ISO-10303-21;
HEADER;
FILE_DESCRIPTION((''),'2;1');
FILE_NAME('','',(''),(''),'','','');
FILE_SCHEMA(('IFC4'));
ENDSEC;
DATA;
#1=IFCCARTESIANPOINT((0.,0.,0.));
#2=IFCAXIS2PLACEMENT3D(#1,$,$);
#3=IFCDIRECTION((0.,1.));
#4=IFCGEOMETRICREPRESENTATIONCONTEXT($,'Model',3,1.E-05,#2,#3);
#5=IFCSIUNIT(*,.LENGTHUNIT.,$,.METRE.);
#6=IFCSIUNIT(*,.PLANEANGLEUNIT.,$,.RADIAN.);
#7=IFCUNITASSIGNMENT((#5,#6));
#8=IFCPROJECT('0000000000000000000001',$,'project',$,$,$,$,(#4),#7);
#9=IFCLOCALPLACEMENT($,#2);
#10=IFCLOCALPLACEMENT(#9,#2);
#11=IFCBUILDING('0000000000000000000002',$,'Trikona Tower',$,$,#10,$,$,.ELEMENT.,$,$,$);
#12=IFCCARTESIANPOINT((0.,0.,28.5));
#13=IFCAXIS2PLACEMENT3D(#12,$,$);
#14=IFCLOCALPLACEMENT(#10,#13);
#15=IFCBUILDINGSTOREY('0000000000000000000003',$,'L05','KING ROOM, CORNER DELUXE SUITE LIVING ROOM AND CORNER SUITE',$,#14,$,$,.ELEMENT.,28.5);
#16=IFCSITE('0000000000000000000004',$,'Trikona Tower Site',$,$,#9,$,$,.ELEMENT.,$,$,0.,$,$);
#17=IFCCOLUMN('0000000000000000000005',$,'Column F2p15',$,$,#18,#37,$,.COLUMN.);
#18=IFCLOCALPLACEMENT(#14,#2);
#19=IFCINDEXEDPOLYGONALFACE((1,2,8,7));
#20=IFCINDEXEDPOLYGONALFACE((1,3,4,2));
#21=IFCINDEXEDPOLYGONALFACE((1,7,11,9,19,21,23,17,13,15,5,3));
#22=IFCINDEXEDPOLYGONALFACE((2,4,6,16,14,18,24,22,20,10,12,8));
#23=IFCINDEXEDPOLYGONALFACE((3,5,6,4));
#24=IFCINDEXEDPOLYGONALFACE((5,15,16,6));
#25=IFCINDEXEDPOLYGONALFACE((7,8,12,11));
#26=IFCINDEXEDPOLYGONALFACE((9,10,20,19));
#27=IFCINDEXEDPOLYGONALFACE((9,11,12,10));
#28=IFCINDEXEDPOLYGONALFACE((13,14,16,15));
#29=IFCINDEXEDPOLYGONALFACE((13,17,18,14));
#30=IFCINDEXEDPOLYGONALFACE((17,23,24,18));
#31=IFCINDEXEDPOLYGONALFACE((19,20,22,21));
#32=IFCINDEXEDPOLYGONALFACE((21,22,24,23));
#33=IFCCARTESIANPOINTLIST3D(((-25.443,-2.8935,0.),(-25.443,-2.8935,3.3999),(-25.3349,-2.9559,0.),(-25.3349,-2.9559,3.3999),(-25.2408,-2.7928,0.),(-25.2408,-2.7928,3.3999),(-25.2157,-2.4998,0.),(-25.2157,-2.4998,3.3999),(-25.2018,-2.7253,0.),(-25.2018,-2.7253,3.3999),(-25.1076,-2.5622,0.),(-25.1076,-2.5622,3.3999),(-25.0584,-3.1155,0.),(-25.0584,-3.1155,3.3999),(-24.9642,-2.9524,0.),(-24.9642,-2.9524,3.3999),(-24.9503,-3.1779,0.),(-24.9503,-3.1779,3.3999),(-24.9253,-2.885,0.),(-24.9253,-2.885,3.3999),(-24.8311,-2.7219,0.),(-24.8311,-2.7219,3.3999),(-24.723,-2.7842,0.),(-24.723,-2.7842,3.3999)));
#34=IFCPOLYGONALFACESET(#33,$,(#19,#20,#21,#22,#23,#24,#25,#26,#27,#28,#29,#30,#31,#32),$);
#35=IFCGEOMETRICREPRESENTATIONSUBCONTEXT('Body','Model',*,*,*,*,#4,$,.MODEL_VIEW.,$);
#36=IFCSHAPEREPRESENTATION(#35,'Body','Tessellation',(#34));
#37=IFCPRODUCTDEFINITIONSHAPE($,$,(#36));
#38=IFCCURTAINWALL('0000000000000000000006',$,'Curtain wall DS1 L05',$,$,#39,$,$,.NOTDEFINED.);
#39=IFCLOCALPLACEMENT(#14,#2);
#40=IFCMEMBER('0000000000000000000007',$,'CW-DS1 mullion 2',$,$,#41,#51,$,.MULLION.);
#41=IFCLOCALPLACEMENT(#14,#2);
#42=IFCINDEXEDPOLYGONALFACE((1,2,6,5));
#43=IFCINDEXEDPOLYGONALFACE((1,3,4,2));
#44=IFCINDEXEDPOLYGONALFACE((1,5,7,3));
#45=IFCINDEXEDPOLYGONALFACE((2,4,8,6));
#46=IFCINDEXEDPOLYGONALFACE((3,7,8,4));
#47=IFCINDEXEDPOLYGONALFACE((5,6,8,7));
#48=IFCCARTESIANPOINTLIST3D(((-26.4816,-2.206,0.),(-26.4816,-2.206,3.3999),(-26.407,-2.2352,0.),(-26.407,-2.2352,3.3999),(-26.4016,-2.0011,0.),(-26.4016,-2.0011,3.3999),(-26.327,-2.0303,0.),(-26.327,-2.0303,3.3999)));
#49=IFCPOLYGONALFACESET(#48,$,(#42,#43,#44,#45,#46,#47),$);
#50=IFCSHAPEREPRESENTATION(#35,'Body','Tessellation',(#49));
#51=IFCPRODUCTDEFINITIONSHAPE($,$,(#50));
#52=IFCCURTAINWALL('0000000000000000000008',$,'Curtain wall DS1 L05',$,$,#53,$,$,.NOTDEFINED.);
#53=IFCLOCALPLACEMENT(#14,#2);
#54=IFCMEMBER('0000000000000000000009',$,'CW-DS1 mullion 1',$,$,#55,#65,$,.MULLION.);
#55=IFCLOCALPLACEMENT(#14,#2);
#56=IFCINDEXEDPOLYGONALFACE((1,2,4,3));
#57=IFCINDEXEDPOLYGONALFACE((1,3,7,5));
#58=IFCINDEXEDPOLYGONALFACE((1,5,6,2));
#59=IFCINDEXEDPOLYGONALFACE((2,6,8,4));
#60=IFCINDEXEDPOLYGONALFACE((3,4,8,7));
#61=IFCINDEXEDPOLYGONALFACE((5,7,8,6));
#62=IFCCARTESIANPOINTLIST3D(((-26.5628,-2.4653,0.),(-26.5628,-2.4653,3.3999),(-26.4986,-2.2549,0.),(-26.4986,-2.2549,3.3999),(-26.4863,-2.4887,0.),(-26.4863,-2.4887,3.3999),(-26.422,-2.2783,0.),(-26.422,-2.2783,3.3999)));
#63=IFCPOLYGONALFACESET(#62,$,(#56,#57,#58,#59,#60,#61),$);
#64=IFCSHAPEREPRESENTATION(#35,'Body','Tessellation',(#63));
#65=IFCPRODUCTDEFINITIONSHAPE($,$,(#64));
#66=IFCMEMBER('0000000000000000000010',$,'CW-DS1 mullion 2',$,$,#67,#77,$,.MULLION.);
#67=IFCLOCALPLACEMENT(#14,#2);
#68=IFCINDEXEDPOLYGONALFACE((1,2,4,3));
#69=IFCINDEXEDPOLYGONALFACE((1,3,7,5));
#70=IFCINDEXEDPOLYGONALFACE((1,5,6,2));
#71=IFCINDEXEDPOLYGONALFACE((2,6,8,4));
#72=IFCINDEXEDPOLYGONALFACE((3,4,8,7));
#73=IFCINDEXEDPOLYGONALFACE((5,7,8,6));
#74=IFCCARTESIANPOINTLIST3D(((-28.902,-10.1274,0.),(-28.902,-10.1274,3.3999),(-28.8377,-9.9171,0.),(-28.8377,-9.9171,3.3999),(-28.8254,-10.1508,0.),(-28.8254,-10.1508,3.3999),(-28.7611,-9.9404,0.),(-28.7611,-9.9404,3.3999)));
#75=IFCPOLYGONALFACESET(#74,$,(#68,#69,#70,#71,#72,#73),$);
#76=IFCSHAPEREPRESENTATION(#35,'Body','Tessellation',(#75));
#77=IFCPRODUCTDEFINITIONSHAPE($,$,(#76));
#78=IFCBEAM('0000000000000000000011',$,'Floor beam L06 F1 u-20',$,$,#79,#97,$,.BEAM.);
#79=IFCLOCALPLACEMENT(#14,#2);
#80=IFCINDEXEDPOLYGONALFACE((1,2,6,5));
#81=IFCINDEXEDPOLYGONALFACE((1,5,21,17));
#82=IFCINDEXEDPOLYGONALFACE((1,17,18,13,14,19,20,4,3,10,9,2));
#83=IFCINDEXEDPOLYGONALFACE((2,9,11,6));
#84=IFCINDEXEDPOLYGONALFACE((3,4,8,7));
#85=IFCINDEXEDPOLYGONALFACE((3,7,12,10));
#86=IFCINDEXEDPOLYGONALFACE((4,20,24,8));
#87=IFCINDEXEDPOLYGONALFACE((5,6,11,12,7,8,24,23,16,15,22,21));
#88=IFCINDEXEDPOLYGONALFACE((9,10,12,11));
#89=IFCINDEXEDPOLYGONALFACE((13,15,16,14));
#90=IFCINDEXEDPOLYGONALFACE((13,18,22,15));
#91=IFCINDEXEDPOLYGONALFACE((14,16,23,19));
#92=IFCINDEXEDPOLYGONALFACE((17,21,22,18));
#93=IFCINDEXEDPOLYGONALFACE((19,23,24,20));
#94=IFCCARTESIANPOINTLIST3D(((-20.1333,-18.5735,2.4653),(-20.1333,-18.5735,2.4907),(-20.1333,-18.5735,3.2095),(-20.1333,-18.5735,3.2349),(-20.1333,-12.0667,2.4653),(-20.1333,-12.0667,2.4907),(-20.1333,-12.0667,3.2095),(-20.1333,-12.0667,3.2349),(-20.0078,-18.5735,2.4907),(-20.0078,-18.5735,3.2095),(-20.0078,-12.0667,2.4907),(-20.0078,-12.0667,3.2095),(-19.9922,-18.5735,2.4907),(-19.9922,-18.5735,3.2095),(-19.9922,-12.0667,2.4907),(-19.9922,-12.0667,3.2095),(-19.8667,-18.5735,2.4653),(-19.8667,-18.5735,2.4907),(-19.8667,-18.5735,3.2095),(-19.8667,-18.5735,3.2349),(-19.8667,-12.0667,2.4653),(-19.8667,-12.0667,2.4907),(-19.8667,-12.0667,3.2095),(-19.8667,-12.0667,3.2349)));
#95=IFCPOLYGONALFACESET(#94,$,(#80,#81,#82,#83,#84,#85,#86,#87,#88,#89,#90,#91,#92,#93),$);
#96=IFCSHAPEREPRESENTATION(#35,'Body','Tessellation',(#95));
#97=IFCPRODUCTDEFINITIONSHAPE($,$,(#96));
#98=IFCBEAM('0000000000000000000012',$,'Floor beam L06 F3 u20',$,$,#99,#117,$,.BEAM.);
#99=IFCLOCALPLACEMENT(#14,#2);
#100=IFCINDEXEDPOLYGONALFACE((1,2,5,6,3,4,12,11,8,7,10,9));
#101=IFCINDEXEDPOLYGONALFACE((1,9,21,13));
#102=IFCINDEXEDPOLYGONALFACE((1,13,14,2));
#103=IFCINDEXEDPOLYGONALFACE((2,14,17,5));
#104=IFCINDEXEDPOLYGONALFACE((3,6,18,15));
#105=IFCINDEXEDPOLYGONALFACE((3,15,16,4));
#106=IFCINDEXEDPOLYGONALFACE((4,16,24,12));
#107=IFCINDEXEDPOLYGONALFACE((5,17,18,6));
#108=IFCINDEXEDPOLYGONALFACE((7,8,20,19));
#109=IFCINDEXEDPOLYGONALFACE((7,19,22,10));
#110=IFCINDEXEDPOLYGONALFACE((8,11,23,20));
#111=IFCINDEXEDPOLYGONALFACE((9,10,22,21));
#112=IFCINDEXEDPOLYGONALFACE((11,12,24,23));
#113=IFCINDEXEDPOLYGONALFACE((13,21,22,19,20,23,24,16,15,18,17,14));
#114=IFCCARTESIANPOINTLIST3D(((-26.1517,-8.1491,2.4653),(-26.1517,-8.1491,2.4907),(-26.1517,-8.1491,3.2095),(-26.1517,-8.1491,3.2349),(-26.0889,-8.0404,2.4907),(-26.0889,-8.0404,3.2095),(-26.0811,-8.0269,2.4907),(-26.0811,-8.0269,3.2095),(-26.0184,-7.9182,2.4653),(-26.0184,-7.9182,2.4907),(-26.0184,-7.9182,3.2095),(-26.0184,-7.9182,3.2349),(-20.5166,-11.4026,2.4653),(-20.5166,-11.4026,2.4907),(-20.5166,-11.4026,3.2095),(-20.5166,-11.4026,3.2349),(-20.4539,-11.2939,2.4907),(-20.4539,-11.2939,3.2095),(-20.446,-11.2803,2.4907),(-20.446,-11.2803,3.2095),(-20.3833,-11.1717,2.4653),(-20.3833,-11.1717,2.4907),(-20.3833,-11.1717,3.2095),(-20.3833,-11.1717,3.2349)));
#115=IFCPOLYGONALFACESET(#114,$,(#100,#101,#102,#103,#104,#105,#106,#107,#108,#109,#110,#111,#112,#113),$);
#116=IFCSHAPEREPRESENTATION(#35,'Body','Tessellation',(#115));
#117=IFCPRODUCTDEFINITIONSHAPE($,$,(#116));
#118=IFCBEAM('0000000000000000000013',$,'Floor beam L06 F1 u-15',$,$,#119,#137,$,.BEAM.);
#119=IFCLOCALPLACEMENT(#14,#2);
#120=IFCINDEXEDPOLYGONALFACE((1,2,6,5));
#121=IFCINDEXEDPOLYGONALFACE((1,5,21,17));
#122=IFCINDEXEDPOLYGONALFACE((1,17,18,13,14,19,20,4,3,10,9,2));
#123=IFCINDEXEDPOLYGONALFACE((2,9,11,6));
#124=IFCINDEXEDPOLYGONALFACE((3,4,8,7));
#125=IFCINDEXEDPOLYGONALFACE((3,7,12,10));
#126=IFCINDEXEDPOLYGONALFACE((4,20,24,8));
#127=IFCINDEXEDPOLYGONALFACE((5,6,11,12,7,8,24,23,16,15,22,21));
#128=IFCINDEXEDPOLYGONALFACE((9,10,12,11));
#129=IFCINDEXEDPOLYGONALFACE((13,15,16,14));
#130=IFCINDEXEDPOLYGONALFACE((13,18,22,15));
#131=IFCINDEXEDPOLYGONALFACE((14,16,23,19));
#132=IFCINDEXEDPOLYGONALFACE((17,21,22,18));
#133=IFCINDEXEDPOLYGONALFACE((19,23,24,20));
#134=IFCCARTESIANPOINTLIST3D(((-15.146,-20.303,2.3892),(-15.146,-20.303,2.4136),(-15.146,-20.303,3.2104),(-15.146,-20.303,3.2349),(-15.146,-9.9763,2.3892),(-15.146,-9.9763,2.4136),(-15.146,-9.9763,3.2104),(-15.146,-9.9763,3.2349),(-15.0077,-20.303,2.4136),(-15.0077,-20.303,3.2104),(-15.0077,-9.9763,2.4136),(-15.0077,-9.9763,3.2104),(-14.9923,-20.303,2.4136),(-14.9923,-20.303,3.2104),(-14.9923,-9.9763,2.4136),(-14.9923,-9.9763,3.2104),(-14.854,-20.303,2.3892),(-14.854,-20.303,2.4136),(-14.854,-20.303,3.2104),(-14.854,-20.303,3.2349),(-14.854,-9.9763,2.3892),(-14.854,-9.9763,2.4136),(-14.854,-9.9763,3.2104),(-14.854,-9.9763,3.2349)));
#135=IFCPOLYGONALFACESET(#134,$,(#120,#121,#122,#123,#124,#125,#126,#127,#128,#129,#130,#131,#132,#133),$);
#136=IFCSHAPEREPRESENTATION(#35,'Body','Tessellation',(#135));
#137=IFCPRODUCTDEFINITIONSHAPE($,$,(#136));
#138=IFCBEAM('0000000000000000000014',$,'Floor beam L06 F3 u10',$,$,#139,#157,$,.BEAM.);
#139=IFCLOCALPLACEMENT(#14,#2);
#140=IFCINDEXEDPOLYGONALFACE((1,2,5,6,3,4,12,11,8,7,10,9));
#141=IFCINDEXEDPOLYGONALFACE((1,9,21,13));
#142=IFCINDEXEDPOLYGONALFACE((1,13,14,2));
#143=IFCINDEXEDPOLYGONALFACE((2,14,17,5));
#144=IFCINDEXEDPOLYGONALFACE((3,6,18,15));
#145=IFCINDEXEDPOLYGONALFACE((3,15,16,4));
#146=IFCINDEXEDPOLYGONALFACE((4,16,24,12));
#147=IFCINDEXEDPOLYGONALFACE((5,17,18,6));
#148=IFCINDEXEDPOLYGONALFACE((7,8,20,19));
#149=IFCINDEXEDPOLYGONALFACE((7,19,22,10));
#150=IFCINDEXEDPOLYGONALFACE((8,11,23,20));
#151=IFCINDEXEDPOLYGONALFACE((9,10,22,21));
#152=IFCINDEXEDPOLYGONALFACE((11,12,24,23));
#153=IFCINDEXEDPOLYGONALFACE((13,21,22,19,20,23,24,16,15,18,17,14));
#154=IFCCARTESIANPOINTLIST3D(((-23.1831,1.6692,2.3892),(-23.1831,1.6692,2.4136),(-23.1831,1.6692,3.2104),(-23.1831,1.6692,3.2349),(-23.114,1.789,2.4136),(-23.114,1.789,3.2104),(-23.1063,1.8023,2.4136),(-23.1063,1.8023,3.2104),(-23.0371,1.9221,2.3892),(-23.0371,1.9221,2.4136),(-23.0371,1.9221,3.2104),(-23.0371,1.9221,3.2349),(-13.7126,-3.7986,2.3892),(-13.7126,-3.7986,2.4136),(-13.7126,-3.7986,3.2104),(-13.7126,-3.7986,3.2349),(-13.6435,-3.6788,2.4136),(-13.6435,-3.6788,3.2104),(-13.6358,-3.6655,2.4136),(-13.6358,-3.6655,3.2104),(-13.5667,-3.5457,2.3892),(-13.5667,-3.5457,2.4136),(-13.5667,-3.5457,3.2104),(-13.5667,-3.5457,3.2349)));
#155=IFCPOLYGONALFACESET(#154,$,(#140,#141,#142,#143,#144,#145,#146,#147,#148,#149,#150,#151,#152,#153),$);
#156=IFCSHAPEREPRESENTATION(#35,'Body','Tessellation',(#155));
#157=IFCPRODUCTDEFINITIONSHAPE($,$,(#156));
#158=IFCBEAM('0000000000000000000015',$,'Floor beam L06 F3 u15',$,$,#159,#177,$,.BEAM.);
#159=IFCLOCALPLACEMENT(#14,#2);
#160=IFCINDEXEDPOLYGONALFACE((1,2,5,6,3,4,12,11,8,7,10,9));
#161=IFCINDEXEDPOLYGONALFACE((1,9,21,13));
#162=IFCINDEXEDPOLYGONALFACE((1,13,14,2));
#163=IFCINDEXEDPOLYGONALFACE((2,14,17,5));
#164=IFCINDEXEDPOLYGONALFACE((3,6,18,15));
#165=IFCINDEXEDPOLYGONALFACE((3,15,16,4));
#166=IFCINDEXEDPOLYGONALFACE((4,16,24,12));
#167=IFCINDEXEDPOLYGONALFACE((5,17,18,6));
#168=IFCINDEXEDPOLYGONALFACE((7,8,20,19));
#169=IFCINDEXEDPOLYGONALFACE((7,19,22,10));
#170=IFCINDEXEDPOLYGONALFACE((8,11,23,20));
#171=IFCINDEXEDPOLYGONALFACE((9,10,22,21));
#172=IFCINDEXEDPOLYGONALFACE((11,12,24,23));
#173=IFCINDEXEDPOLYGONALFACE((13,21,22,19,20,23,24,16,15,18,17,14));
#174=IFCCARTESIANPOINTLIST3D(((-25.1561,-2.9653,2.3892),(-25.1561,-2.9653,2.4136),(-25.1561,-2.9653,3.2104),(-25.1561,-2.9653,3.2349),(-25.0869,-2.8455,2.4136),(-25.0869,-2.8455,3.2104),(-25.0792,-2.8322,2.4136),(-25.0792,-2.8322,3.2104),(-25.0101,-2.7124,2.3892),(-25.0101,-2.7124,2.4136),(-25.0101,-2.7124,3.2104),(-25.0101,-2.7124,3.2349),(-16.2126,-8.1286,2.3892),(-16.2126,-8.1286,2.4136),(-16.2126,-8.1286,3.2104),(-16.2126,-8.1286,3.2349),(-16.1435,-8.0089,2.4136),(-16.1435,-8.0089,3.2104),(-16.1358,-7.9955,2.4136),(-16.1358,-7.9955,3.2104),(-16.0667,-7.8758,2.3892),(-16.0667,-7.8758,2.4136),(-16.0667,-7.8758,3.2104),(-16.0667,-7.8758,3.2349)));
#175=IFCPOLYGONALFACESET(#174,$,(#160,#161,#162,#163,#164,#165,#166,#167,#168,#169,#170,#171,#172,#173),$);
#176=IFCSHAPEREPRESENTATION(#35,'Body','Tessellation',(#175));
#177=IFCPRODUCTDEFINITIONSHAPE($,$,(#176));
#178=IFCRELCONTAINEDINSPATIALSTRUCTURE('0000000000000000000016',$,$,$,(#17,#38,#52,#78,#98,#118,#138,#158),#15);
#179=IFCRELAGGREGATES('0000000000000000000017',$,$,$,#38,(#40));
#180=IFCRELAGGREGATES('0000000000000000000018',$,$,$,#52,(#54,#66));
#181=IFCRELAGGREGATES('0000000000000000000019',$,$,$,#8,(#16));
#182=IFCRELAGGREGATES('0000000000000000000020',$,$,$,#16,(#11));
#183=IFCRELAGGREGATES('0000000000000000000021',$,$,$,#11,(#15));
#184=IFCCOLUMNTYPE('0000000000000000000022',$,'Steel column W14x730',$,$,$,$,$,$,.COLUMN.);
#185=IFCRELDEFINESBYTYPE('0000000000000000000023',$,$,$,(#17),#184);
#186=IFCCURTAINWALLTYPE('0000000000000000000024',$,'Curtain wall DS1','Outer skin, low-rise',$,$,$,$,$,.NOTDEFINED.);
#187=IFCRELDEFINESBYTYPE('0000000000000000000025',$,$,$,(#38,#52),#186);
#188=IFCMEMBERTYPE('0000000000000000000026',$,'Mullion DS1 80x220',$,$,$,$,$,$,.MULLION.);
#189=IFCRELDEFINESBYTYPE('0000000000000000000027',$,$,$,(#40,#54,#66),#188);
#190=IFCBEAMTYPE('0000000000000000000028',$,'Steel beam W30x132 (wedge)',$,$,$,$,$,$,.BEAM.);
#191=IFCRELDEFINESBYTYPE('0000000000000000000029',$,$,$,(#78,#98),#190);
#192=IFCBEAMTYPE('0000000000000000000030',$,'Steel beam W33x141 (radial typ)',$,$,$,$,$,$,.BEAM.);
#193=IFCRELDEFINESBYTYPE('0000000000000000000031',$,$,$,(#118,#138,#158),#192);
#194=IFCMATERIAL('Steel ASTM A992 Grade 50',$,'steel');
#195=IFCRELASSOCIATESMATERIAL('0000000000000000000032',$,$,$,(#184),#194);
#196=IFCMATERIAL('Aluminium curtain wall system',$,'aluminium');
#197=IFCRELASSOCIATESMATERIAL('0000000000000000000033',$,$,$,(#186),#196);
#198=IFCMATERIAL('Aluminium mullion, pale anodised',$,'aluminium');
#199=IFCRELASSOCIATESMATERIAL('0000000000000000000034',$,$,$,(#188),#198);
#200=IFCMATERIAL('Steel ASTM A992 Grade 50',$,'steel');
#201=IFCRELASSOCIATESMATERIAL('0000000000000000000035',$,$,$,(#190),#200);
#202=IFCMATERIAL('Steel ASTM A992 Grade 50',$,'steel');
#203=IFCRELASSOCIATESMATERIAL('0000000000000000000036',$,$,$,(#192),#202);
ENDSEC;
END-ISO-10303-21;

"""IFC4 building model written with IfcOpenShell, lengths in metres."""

from ifc_helpers import new_model, si_unit, direction, frame, origin, origin_2d, place, context, subcontext, project, spatial, rectangle, i_section, extrude, material, material_profile, profile_set, type_object, element, aggregate, save


model = new_model("IFC4")

# Units and contexts
model_context = context("Model", 3, precision=1e-05, world=origin(), true_north=direction((0.0, 1.0)))
body_context = subcontext(model_context, "Body", "Model", "MODEL_VIEW")
ifc_project = project(units=[si_unit("LENGTHUNIT", "METRE"), si_unit("PLANEANGLEUNIT", "RADIAN")], contexts=[model_context])

# Site, building, storey
site_placement = place(None, origin())
site = spatial("IfcSite", under=ifc_project, at=site_placement, Name="Trikona Tower Site", CompositionType="ELEMENT", RefElevation=0.0)
building_placement = place(site_placement, origin())
building = spatial("IfcBuilding", under=site, at=building_placement, Name="Trikona Tower", CompositionType="ELEMENT")
storey_placement = place(building_placement, frame((0.0, 0.0, 28.5)))
storey = spatial("IfcBuildingStorey", under=building, at=storey_placement, Name="L05", Description="KING ROOM, CORNER DELUXE SUITE LIVING ROOM AND CORNER SUITE", CompositionType="ELEMENT", Elevation=28.5)

# Column
ifc_material_1 = material(Name="Steel ASTM A992 Grade 50", Category="steel")
ifc_material_profile_1 = material_profile(ifc_material_1, i_section(OverallWidth=0.4546, OverallDepth=0.5688, WebThickness=0.0779, FlangeThickness=0.1248, at=origin_2d()), Name="W14X730")
ifc_profile_set_1 = profile_set([ifc_material_profile_1], Name="Steel ASTM A992 Grade 50")
column_type = type_object("IfcColumnType", Name="Steel column W14x730", PredefinedType="COLUMN", material=ifc_profile_set_1)
column_placement = place(storey_placement, frame((-25.083, -2.8389, 0.0), z_axis=(0.0, 0.0, 1.0), x_axis=(-0.5, -0.866025, 0.0)))
element("IfcColumn", 1, at=column_placement, inside=storey, type_object=column_type, Name="Column F2p15", PredefinedType="COLUMN", context=body_context, shape_type="SweptSolid", body=[
    extrude(i_section(OverallWidth=0.4546, OverallDepth=0.5688, WebThickness=0.0779, FlangeThickness=0.1248, at=origin_2d()), origin(), (0.0, 0.0, 1.0), 3.3999),
])

# Curtain wall, member
ifc_material_2 = material(Name="Aluminium curtain wall system", Category="aluminium")
curtain_wall_type = type_object("IfcCurtainWallType", Name="Curtain wall DS1", Description="Outer skin, low-rise", PredefinedType="NOTDEFINED", material=ifc_material_2)
curtain_wall_1_placement = place(storey_placement, origin())
curtain_wall_1 = element("IfcCurtainWall", 2, at=curtain_wall_1_placement, inside=storey, type_object=curtain_wall_type, Name="Curtain wall DS1 L05", PredefinedType="NOTDEFINED")
ifc_material_3 = material(Name="Aluminium mullion, pale anodised", Category="aluminium")
ifc_material_profile_2 = material_profile(ifc_material_3, rectangle(XDim=0.0801, YDim=0.22, at=origin_2d()), Name="MUL-DS1")
ifc_profile_set_2 = profile_set([ifc_material_profile_2], Name="Aluminium mullion, pale anodised")
member_type_1 = type_object("IfcMemberType", Name="Mullion DS1 80x220", PredefinedType="MULLION", material=ifc_profile_set_2)
member_1_placement = place(storey_placement, frame((-26.4043, -2.1182, 0.0), z_axis=(0.0, 0.0, 1.0), x_axis=(0.931396, -0.364008, 0.0)))
member_1 = element("IfcMember", 3, at=member_1_placement, type_object=member_type_1, Name="CW-DS1 mullion 2", PredefinedType="MULLION", context=body_context, shape_type="SweptSolid", body=[
    extrude(rectangle(XDim=0.0801, YDim=0.22, at=origin_2d()), origin(), (0.0, 0.0, 1.0), 3.3999),
])
aggregate(curtain_wall_1, [member_1])

# Curtain wall, members
curtain_wall_2_placement = place(storey_placement, origin())
curtain_wall_2 = element("IfcCurtainWall", 4, at=curtain_wall_2_placement, inside=storey, type_object=curtain_wall_type, Name="Curtain wall DS1 L05", PredefinedType="NOTDEFINED")
member_2_placement = place(storey_placement, frame((-26.4924, -2.3718, 0.0), z_axis=(0.0, 0.0, 1.0), x_axis=(0.956423, -0.291984, 0.0)))
member_2 = element("IfcMember", 5, at=member_2_placement, type_object=member_type_1, Name="CW-DS1 mullion 1", PredefinedType="MULLION", context=body_context, shape_type="SweptSolid", body=[
    extrude(rectangle(XDim=0.0801, YDim=0.22, at=origin_2d()), origin(), (0.0, 0.0, 1.0), 3.3999),
])
member_3_placement = place(storey_placement, frame((-28.8315, -10.0339, 0.0), z_axis=(0.0, 0.0, 1.0), x_axis=(0.956423, -0.291984, 0.0)))
member_3 = element("IfcMember", 6, at=member_3_placement, type_object=member_type_1, Name="CW-DS1 mullion 2", PredefinedType="MULLION", context=body_context, shape_type="SweptSolid", body=[
    extrude(rectangle(XDim=0.0801, YDim=0.22, at=origin_2d()), origin(), (0.0, 0.0, 1.0), 3.3999),
])

# Beams
ifc_material_4 = material(Name="Steel ASTM A992 Grade 50", Category="steel")
ifc_material_profile_3 = material_profile(ifc_material_4, i_section(OverallWidth=0.2666, OverallDepth=0.7695, WebThickness=0.0156, FlangeThickness=0.0254, at=origin_2d()), Name="W30X132")
ifc_profile_set_3 = profile_set([ifc_material_profile_3], Name="Steel ASTM A992 Grade 50")
beam_type_1 = type_object("IfcBeamType", Name="Steel beam W30x132 (wedge)", PredefinedType="BEAM", material=ifc_profile_set_3)
for number, where, z_axis, x_axis, name in (
    (7, (-20.0, -12.0667, 2.8501), (0.0, -1.0, 0.0), (1.0, 0.0, 0.0), "Floor beam L06 F1 u-20"),
    (8, (-20.45, -11.2871, 2.8501), (-0.866023, 0.500005, 0.0), (-0.500005, -0.866023, 0.0), "Floor beam L06 F3 u20"),
):
    element("IfcBeam", number, at=place(storey_placement, frame(where, z_axis=z_axis, x_axis=x_axis)), inside=storey, type_object=beam_type_1, Name=name, PredefinedType="BEAM", context=body_context, shape_type="SweptSolid", body=[
        extrude(i_section(OverallWidth=0.2666, OverallDepth=0.7695, WebThickness=0.0156, FlangeThickness=0.0254, at=origin_2d()), origin(), (0.0, 0.0, 1.0), 6.5068),
    ])
ifc_material_5 = material(Name="Steel ASTM A992 Grade 50", Category="steel")
ifc_material_profile_4 = material_profile(ifc_material_5, i_section(OverallWidth=0.292, OverallDepth=0.8457, WebThickness=0.0154, FlangeThickness=0.0244, at=origin_2d()), Name="W33X141")
ifc_profile_set_4 = profile_set([ifc_material_profile_4], Name="Steel ASTM A992 Grade 50")
beam_type_2 = type_object("IfcBeamType", Name="Steel beam W33x141 (radial typ)", PredefinedType="BEAM", material=ifc_profile_set_4)
beam_1_placement = place(storey_placement, frame((-15.0, -9.9763, 2.812), z_axis=(0.0, -1.0, 0.0), x_axis=(1.0, 0.0, 0.0)))
element("IfcBeam", 9, at=beam_1_placement, inside=storey, type_object=beam_type_2, Name="Floor beam L06 F1 u-15", PredefinedType="BEAM", context=body_context, shape_type="SweptSolid", body=[
    extrude(i_section(OverallWidth=0.292, OverallDepth=0.8457, WebThickness=0.0154, FlangeThickness=0.0244, at=origin_2d()), origin(), (0.0, 0.0, 1.0), 10.3267),
])
beam_2_placement = place(storey_placement, frame((-13.6396, -3.6721, 2.812), z_axis=(-0.866025, 0.5, 0.0), x_axis=(-0.5, -0.866025, 0.0)))
element("IfcBeam", 10, at=beam_2_placement, inside=storey, type_object=beam_type_2, Name="Floor beam L06 F3 u10", PredefinedType="BEAM", context=body_context, shape_type="SweptSolid", body=[
    extrude(i_section(OverallWidth=0.292, OverallDepth=0.8457, WebThickness=0.0154, FlangeThickness=0.0244, at=origin_2d()), origin(), (0.0, 0.0, 1.0), 10.9355),
])
beam_3_placement = place(storey_placement, frame((-16.1396, -8.0022, 2.812), z_axis=(-0.86603, 0.499991, 0.0), x_axis=(-0.499991, -0.86603, 0.0)))
element("IfcBeam", 11, at=beam_3_placement, inside=storey, type_object=beam_type_2, Name="Floor beam L06 F3 u15", PredefinedType="BEAM", context=body_context, shape_type="SweptSolid", body=[
    extrude(i_section(OverallWidth=0.292, OverallDepth=0.8457, WebThickness=0.0154, FlangeThickness=0.0244, at=origin_2d()), origin(), (0.0, 0.0, 1.0), 10.3269),
])

aggregate(curtain_wall_2, [member_2, member_3])

save(model, "model.ifc")
